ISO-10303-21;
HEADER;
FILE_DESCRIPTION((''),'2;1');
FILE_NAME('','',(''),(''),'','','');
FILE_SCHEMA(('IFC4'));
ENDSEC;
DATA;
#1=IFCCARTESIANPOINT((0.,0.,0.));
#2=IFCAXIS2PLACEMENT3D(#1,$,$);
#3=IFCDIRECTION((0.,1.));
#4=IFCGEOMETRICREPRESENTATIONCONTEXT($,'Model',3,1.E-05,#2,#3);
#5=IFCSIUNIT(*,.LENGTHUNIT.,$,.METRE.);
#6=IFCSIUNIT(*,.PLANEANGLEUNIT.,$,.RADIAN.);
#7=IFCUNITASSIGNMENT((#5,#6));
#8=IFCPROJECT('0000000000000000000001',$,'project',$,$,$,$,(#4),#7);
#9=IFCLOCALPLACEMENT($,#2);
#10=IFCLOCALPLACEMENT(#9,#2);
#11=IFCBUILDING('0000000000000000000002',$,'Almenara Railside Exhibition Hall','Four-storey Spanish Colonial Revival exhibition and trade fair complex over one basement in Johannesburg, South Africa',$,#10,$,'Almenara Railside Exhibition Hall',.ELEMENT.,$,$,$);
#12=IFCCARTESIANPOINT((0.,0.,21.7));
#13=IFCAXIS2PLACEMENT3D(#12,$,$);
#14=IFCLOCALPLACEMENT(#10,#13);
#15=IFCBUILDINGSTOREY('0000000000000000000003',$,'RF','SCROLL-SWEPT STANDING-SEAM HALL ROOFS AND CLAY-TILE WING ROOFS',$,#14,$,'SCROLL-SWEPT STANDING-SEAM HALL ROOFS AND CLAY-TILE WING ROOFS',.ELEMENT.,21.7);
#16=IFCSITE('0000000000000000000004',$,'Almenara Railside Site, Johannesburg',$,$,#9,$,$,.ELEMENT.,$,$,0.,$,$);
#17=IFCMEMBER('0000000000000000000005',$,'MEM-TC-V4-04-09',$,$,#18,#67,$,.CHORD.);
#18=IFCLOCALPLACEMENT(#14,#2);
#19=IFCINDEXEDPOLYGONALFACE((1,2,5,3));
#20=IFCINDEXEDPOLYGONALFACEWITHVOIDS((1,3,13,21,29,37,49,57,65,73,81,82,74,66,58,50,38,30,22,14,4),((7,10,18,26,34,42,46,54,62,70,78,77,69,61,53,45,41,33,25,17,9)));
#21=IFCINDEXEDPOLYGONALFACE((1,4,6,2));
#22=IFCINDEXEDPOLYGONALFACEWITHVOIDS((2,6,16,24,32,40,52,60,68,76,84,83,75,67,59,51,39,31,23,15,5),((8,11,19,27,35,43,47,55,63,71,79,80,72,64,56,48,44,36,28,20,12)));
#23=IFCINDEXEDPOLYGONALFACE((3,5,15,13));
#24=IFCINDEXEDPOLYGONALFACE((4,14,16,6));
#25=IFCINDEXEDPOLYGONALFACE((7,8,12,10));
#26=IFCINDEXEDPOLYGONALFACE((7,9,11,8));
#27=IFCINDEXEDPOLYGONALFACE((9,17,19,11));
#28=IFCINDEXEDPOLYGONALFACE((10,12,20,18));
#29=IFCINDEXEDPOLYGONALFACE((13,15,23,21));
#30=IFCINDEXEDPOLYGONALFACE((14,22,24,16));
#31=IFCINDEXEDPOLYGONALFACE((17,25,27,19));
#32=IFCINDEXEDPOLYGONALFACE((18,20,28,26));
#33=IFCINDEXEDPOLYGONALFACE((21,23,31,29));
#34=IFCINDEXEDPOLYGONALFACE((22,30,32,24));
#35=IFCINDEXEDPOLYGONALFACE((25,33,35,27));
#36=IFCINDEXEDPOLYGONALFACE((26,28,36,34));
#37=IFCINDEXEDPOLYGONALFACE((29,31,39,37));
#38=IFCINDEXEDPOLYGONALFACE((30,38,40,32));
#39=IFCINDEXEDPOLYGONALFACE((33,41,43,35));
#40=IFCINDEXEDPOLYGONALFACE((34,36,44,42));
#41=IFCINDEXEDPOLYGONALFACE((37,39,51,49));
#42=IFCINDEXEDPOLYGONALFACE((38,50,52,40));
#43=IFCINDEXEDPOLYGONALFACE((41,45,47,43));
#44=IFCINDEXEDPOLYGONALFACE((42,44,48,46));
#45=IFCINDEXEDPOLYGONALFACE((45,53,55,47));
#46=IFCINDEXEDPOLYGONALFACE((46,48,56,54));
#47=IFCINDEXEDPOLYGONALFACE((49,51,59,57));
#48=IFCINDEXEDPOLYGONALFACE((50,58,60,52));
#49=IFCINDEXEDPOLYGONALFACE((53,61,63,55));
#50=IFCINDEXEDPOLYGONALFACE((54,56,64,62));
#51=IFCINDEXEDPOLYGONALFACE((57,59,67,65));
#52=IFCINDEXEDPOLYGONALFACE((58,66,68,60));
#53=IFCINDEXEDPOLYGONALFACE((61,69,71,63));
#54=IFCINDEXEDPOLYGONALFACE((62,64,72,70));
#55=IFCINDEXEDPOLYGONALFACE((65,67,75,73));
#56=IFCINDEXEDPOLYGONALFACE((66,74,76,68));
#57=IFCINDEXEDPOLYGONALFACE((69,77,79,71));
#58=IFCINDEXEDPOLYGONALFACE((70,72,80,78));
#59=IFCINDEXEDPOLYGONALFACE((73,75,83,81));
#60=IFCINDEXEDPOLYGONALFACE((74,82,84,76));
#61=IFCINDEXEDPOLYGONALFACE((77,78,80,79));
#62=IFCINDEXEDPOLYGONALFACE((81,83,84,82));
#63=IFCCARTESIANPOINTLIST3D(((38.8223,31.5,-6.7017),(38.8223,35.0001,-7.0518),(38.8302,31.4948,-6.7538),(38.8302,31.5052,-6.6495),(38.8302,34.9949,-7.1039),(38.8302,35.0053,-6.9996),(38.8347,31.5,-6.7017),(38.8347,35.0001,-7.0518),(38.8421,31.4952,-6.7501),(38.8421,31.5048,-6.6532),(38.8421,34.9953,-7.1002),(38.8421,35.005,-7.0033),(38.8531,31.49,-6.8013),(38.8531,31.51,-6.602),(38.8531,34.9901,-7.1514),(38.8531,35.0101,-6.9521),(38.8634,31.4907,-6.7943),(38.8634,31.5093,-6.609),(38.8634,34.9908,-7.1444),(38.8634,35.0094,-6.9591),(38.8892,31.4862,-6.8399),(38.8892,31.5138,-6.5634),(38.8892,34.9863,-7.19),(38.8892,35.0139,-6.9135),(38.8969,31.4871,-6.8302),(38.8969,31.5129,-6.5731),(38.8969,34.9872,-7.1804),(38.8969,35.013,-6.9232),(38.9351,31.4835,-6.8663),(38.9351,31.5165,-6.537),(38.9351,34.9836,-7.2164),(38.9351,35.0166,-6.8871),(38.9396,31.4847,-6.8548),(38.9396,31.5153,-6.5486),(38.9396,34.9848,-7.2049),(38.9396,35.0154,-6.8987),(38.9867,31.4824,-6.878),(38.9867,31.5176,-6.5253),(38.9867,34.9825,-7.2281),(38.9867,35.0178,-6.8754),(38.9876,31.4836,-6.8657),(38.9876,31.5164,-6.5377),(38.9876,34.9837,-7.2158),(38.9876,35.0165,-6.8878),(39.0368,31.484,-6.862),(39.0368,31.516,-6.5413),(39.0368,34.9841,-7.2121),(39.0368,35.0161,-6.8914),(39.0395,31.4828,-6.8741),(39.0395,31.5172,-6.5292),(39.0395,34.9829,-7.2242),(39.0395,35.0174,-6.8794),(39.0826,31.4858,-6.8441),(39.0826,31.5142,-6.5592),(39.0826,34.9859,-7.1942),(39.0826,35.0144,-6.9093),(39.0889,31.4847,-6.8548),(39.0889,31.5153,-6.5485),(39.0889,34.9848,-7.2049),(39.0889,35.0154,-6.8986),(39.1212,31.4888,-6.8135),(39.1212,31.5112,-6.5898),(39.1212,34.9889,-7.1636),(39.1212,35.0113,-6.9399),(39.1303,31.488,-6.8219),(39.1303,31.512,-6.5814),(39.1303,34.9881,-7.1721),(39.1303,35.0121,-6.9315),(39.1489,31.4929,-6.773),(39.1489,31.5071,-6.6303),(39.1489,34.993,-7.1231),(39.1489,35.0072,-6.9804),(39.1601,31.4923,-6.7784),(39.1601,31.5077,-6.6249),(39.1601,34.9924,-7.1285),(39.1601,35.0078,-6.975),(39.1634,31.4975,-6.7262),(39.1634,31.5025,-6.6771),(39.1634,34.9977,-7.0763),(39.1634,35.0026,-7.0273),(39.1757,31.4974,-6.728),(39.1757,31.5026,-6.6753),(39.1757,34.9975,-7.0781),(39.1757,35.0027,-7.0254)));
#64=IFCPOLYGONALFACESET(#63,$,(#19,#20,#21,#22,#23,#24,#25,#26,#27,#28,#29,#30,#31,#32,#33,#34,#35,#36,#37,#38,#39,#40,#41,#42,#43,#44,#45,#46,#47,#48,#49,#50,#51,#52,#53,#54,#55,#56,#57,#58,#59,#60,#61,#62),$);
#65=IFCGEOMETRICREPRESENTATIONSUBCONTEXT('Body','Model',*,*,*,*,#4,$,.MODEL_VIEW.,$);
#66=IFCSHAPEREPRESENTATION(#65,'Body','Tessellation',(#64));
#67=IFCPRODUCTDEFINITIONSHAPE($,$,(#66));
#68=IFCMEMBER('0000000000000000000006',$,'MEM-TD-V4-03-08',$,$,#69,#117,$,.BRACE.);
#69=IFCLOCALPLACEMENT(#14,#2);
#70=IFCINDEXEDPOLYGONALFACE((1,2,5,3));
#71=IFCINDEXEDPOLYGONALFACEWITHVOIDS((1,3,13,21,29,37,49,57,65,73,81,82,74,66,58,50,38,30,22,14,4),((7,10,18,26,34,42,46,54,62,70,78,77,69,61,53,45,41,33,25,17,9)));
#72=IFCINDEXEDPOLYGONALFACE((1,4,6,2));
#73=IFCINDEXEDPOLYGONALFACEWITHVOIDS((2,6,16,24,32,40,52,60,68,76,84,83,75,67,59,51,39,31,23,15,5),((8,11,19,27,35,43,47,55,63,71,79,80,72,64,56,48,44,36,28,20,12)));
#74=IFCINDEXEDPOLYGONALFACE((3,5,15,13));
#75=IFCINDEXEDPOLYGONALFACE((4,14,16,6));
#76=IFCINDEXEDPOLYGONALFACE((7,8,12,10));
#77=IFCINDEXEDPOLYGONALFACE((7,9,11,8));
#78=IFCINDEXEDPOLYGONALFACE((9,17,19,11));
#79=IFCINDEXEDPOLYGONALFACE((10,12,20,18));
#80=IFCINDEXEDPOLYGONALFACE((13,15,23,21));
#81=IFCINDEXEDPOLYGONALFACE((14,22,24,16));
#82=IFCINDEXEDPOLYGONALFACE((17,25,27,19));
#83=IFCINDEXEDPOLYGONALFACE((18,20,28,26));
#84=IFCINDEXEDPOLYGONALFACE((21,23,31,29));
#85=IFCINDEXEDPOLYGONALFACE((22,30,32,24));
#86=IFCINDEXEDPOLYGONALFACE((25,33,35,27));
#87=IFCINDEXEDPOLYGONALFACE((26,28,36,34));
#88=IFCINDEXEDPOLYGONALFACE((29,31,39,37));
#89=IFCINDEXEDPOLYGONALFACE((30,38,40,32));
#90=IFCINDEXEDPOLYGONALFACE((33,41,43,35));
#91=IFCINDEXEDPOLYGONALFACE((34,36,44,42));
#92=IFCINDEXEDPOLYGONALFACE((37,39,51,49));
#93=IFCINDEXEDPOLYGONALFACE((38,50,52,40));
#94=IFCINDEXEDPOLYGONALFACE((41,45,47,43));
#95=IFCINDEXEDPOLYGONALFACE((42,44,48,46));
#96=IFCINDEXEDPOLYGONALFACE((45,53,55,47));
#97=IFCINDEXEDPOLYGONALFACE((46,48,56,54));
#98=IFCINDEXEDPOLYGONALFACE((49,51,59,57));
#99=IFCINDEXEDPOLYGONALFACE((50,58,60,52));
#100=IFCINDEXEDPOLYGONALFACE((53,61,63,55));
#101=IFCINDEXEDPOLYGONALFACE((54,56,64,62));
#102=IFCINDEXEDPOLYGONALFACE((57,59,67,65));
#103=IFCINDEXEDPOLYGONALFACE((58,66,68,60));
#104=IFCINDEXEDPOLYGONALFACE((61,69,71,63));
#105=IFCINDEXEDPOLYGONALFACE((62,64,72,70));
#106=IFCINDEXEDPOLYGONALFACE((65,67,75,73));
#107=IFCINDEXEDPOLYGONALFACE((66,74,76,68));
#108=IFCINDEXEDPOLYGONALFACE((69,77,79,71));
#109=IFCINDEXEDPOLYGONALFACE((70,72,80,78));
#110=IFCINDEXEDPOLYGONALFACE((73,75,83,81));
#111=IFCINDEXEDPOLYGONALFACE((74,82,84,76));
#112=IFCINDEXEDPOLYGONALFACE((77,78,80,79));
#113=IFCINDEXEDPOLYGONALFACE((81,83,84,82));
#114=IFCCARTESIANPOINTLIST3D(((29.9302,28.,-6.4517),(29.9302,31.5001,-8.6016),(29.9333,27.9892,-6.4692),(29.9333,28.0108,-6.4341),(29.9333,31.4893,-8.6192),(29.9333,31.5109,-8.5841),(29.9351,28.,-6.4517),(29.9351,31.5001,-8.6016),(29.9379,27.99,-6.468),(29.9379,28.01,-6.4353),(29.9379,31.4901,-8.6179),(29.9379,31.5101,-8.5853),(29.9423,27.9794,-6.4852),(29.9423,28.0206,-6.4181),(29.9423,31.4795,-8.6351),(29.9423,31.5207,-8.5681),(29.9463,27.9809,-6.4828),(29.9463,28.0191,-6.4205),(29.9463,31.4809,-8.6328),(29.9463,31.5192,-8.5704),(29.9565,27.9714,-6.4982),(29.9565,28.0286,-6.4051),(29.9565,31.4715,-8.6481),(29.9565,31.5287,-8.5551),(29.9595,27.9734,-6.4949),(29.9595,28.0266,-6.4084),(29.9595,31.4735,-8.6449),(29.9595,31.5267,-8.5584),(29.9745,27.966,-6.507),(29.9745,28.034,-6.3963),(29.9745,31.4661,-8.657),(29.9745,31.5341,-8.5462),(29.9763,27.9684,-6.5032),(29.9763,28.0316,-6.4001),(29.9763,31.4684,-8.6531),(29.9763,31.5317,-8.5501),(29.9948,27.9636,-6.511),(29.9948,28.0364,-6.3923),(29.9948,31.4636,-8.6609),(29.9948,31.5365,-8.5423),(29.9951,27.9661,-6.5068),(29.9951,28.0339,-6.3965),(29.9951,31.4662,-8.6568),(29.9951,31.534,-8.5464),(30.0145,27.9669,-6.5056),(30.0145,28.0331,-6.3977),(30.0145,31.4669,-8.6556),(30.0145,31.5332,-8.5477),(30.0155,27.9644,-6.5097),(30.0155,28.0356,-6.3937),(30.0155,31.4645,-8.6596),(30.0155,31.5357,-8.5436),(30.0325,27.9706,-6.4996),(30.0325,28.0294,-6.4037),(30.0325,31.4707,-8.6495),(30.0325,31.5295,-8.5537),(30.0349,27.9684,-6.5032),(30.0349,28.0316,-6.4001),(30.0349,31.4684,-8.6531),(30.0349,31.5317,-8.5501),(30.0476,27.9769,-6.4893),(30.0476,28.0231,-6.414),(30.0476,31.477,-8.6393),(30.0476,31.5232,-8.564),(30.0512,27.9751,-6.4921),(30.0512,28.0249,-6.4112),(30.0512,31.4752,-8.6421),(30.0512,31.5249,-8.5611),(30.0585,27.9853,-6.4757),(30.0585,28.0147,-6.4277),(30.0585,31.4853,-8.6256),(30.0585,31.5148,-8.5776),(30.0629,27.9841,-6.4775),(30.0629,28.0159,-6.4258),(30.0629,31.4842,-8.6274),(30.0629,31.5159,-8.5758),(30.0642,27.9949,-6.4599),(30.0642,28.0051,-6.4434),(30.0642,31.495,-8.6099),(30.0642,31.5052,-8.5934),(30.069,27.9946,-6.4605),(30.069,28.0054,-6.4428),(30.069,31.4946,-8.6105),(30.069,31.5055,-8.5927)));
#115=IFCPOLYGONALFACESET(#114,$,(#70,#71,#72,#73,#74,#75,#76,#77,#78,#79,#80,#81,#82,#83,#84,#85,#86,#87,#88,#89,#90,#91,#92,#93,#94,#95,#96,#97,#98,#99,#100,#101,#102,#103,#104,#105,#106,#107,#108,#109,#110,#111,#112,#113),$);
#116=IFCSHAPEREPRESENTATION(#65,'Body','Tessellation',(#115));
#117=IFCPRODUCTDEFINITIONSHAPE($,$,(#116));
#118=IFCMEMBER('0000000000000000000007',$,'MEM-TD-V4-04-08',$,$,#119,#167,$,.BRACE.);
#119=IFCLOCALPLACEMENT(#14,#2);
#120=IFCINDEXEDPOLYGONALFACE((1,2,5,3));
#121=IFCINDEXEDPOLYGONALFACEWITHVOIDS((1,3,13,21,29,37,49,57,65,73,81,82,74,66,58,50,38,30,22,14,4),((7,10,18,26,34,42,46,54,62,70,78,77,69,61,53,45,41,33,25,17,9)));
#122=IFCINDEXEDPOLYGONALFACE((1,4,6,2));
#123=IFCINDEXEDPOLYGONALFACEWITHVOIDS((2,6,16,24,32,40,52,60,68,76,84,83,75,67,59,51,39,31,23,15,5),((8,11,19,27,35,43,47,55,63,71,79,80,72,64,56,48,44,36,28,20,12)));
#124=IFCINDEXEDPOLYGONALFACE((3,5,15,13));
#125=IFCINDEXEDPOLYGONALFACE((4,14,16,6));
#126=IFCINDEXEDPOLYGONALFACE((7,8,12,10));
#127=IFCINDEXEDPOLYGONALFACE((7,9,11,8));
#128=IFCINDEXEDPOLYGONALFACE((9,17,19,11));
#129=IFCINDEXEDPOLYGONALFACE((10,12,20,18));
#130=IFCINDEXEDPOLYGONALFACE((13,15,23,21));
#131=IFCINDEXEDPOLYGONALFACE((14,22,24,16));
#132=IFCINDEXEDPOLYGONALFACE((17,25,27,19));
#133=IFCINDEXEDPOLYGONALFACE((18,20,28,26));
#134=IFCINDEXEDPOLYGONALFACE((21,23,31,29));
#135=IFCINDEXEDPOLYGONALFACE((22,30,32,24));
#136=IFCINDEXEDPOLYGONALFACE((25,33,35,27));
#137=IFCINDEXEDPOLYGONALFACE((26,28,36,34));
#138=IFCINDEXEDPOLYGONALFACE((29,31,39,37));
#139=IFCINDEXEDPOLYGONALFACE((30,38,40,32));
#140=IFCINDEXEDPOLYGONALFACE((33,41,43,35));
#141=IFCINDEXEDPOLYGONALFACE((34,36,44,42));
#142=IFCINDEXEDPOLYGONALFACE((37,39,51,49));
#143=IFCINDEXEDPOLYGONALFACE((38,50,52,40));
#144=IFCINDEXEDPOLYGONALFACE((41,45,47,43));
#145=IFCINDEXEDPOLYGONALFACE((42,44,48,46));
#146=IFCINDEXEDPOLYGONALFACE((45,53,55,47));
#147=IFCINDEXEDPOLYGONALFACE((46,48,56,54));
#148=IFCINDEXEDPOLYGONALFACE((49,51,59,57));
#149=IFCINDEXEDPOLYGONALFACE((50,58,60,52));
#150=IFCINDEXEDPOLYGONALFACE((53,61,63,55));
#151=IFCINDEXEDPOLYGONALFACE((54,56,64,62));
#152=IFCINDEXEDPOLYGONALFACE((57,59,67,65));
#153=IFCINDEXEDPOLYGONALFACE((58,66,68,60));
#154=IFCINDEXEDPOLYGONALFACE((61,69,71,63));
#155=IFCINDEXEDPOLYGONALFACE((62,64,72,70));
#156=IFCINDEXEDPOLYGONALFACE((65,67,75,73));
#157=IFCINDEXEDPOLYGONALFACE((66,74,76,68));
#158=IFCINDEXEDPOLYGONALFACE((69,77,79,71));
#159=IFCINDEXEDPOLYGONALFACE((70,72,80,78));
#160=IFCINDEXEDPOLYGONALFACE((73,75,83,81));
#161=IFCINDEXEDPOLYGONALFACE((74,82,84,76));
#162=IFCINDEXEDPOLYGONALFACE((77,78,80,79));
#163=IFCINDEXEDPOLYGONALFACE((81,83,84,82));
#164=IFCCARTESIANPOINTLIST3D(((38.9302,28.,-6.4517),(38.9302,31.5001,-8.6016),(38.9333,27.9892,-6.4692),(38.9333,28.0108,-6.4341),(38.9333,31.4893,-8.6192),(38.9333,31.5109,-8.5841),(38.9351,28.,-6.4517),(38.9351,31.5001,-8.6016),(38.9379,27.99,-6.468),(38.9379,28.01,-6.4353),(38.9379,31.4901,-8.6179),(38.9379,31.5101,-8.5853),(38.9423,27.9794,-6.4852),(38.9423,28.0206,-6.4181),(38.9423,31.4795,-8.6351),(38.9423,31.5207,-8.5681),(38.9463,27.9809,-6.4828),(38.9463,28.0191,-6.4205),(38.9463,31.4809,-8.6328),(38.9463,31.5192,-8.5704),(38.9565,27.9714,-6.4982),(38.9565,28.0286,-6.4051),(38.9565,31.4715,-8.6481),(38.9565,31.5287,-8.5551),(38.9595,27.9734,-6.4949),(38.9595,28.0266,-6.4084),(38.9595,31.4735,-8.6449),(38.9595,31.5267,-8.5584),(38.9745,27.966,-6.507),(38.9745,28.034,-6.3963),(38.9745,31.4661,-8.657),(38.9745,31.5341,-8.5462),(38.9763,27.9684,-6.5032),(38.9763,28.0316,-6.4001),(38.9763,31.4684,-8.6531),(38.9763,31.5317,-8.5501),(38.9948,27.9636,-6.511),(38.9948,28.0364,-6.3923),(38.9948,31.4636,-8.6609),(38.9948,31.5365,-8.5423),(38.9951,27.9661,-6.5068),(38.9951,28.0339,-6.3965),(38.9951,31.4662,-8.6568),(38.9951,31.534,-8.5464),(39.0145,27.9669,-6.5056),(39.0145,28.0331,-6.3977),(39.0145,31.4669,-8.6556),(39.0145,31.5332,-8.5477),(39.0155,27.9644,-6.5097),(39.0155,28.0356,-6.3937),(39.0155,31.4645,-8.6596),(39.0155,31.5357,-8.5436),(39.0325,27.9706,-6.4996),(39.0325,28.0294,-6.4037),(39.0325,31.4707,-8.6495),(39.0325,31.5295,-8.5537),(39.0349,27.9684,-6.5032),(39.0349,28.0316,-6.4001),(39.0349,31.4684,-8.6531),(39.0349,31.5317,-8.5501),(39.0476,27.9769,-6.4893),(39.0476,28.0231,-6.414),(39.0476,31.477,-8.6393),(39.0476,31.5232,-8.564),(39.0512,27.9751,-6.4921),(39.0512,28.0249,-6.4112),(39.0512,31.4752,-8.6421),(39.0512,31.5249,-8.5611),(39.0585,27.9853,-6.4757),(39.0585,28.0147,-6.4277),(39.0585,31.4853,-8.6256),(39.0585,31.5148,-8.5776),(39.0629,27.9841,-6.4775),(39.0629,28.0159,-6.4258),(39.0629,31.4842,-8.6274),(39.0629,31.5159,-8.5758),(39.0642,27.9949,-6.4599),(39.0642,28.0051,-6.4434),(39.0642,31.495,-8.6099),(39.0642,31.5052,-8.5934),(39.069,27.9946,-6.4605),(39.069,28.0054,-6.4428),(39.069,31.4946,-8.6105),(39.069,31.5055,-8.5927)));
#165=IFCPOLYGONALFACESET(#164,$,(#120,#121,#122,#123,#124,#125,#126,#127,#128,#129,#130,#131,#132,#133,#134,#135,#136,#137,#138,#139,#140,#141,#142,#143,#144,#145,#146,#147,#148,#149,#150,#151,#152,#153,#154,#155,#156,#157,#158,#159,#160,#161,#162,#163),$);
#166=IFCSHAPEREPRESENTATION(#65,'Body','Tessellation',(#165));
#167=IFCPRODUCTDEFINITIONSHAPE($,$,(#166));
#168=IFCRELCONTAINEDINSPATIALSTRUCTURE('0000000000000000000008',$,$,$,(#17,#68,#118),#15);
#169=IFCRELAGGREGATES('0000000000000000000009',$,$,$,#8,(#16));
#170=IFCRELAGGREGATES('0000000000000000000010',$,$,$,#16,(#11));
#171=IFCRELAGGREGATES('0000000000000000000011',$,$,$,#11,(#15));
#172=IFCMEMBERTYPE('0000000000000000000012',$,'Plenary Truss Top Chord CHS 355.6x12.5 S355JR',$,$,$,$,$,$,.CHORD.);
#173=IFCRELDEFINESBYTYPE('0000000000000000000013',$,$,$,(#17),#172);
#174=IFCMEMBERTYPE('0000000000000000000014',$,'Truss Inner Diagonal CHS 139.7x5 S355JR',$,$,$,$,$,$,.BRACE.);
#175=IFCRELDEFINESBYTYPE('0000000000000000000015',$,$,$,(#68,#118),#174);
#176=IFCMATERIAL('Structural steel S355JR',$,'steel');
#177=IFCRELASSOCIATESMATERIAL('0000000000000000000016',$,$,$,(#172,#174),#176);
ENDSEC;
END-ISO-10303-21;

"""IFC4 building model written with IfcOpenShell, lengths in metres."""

from ifc_helpers import new_model, si_unit, direction, frame, origin, origin_2d, place, context, subcontext, project, spatial, hollow_circle, extrude, material, material_profile, profile_set, type_object, element, save


model = new_model("IFC4")

# Units and contexts
model_context = context("Model", 3, precision=1e-05, world=origin(), true_north=direction((0.0, 1.0)))
body_context = subcontext(model_context, "Body", "Model", "MODEL_VIEW")
ifc_project = project(units=[si_unit("LENGTHUNIT", "METRE"), si_unit("PLANEANGLEUNIT", "RADIAN")], contexts=[model_context])

# Site, building, storey
site_placement = place(None, origin())
site = spatial("IfcSite", under=ifc_project, at=site_placement, Name="Almenara Railside Site, Johannesburg", CompositionType="ELEMENT", RefElevation=0.0)
building_placement = place(site_placement, origin())
building = spatial("IfcBuilding", under=site, at=building_placement, Name="Almenara Railside Exhibition Hall", Description="Four-storey Spanish Colonial Revival exhibition and trade fair complex over one basement in Johannesburg, South Africa", LongName="Almenara Railside Exhibition Hall", CompositionType="ELEMENT")
storey_placement = place(building_placement, frame((0.0, 0.0, 21.7)))
storey = spatial("IfcBuildingStorey", under=building, at=storey_placement, Name="RF", Description="SCROLL-SWEPT STANDING-SEAM HALL ROOFS AND CLAY-TILE WING ROOFS", LongName="SCROLL-SWEPT STANDING-SEAM HALL ROOFS AND CLAY-TILE WING ROOFS", CompositionType="ELEMENT", Elevation=21.7)

# Members
ifc_material_1 = material(Name="Structural steel S355JR", Category="steel")
ifc_material_profile_1 = material_profile(ifc_material_1, hollow_circle(Radius=0.1777, WallThickness=0.0125, at=origin_2d()), Name="CHS 355.6x12.5")
ifc_profile_set_1 = profile_set([ifc_material_profile_1], Name="Structural steel S355JR")
member_type_1 = type_object("IfcMemberType", Name="Plenary Truss Top Chord CHS 355.6x12.5 S355JR", PredefinedType="CHORD", material=ifc_profile_set_1)
member_1_placement = place(storey_placement, frame((39.0, 31.5, -6.7017), z_axis=(0.0, 0.995034, -0.099531), x_axis=(-1.0, 0.0, 0.0)))
element("IfcMember", 1, at=member_1_placement, inside=storey, type_object=member_type_1, Name="MEM-TC-V4-04-09", PredefinedType="CHORD", context=body_context, shape_type="SweptSolid", body=[
    extrude(hollow_circle(Radius=0.1777, WallThickness=0.0125, at=origin_2d()), origin(), (0.0, 0.0, 1.0), 3.5176),
])
ifc_material_profile_2 = material_profile(ifc_material_1, hollow_circle(Radius=0.0698, WallThickness=0.0049, at=origin_2d()), Name="CHS 139.7x5")
ifc_profile_set_2 = profile_set([ifc_material_profile_2], Name="Structural steel S355JR")
member_type_2 = type_object("IfcMemberType", Name="Truss Inner Diagonal CHS 139.7x5 S355JR", PredefinedType="BRACE", material=ifc_profile_set_2)
for number, where, z_axis, x_axis, name in (
    (2, (30.0, 28.0, -6.4517), (0.0, 0.852087, -0.523401), (-1.0, 0.0, 0.0), "MEM-TD-V4-03-08"),
    (3, (39.0, 28.0, -6.4517), (0.0, 0.852087, -0.523401), (-1.0, 0.0, 0.0), "MEM-TD-V4-04-08"),
):
    element("IfcMember", number, at=place(storey_placement, frame(where, z_axis=z_axis, x_axis=x_axis)), inside=storey, type_object=member_type_2, Name=name, PredefinedType="BRACE", context=body_context, shape_type="SweptSolid", body=[
        extrude(hollow_circle(Radius=0.0698, WallThickness=0.0049, at=origin_2d()), origin(), (0.0, 0.0, 1.0), 4.1077),
    ])

save(model, "model.ifc")
